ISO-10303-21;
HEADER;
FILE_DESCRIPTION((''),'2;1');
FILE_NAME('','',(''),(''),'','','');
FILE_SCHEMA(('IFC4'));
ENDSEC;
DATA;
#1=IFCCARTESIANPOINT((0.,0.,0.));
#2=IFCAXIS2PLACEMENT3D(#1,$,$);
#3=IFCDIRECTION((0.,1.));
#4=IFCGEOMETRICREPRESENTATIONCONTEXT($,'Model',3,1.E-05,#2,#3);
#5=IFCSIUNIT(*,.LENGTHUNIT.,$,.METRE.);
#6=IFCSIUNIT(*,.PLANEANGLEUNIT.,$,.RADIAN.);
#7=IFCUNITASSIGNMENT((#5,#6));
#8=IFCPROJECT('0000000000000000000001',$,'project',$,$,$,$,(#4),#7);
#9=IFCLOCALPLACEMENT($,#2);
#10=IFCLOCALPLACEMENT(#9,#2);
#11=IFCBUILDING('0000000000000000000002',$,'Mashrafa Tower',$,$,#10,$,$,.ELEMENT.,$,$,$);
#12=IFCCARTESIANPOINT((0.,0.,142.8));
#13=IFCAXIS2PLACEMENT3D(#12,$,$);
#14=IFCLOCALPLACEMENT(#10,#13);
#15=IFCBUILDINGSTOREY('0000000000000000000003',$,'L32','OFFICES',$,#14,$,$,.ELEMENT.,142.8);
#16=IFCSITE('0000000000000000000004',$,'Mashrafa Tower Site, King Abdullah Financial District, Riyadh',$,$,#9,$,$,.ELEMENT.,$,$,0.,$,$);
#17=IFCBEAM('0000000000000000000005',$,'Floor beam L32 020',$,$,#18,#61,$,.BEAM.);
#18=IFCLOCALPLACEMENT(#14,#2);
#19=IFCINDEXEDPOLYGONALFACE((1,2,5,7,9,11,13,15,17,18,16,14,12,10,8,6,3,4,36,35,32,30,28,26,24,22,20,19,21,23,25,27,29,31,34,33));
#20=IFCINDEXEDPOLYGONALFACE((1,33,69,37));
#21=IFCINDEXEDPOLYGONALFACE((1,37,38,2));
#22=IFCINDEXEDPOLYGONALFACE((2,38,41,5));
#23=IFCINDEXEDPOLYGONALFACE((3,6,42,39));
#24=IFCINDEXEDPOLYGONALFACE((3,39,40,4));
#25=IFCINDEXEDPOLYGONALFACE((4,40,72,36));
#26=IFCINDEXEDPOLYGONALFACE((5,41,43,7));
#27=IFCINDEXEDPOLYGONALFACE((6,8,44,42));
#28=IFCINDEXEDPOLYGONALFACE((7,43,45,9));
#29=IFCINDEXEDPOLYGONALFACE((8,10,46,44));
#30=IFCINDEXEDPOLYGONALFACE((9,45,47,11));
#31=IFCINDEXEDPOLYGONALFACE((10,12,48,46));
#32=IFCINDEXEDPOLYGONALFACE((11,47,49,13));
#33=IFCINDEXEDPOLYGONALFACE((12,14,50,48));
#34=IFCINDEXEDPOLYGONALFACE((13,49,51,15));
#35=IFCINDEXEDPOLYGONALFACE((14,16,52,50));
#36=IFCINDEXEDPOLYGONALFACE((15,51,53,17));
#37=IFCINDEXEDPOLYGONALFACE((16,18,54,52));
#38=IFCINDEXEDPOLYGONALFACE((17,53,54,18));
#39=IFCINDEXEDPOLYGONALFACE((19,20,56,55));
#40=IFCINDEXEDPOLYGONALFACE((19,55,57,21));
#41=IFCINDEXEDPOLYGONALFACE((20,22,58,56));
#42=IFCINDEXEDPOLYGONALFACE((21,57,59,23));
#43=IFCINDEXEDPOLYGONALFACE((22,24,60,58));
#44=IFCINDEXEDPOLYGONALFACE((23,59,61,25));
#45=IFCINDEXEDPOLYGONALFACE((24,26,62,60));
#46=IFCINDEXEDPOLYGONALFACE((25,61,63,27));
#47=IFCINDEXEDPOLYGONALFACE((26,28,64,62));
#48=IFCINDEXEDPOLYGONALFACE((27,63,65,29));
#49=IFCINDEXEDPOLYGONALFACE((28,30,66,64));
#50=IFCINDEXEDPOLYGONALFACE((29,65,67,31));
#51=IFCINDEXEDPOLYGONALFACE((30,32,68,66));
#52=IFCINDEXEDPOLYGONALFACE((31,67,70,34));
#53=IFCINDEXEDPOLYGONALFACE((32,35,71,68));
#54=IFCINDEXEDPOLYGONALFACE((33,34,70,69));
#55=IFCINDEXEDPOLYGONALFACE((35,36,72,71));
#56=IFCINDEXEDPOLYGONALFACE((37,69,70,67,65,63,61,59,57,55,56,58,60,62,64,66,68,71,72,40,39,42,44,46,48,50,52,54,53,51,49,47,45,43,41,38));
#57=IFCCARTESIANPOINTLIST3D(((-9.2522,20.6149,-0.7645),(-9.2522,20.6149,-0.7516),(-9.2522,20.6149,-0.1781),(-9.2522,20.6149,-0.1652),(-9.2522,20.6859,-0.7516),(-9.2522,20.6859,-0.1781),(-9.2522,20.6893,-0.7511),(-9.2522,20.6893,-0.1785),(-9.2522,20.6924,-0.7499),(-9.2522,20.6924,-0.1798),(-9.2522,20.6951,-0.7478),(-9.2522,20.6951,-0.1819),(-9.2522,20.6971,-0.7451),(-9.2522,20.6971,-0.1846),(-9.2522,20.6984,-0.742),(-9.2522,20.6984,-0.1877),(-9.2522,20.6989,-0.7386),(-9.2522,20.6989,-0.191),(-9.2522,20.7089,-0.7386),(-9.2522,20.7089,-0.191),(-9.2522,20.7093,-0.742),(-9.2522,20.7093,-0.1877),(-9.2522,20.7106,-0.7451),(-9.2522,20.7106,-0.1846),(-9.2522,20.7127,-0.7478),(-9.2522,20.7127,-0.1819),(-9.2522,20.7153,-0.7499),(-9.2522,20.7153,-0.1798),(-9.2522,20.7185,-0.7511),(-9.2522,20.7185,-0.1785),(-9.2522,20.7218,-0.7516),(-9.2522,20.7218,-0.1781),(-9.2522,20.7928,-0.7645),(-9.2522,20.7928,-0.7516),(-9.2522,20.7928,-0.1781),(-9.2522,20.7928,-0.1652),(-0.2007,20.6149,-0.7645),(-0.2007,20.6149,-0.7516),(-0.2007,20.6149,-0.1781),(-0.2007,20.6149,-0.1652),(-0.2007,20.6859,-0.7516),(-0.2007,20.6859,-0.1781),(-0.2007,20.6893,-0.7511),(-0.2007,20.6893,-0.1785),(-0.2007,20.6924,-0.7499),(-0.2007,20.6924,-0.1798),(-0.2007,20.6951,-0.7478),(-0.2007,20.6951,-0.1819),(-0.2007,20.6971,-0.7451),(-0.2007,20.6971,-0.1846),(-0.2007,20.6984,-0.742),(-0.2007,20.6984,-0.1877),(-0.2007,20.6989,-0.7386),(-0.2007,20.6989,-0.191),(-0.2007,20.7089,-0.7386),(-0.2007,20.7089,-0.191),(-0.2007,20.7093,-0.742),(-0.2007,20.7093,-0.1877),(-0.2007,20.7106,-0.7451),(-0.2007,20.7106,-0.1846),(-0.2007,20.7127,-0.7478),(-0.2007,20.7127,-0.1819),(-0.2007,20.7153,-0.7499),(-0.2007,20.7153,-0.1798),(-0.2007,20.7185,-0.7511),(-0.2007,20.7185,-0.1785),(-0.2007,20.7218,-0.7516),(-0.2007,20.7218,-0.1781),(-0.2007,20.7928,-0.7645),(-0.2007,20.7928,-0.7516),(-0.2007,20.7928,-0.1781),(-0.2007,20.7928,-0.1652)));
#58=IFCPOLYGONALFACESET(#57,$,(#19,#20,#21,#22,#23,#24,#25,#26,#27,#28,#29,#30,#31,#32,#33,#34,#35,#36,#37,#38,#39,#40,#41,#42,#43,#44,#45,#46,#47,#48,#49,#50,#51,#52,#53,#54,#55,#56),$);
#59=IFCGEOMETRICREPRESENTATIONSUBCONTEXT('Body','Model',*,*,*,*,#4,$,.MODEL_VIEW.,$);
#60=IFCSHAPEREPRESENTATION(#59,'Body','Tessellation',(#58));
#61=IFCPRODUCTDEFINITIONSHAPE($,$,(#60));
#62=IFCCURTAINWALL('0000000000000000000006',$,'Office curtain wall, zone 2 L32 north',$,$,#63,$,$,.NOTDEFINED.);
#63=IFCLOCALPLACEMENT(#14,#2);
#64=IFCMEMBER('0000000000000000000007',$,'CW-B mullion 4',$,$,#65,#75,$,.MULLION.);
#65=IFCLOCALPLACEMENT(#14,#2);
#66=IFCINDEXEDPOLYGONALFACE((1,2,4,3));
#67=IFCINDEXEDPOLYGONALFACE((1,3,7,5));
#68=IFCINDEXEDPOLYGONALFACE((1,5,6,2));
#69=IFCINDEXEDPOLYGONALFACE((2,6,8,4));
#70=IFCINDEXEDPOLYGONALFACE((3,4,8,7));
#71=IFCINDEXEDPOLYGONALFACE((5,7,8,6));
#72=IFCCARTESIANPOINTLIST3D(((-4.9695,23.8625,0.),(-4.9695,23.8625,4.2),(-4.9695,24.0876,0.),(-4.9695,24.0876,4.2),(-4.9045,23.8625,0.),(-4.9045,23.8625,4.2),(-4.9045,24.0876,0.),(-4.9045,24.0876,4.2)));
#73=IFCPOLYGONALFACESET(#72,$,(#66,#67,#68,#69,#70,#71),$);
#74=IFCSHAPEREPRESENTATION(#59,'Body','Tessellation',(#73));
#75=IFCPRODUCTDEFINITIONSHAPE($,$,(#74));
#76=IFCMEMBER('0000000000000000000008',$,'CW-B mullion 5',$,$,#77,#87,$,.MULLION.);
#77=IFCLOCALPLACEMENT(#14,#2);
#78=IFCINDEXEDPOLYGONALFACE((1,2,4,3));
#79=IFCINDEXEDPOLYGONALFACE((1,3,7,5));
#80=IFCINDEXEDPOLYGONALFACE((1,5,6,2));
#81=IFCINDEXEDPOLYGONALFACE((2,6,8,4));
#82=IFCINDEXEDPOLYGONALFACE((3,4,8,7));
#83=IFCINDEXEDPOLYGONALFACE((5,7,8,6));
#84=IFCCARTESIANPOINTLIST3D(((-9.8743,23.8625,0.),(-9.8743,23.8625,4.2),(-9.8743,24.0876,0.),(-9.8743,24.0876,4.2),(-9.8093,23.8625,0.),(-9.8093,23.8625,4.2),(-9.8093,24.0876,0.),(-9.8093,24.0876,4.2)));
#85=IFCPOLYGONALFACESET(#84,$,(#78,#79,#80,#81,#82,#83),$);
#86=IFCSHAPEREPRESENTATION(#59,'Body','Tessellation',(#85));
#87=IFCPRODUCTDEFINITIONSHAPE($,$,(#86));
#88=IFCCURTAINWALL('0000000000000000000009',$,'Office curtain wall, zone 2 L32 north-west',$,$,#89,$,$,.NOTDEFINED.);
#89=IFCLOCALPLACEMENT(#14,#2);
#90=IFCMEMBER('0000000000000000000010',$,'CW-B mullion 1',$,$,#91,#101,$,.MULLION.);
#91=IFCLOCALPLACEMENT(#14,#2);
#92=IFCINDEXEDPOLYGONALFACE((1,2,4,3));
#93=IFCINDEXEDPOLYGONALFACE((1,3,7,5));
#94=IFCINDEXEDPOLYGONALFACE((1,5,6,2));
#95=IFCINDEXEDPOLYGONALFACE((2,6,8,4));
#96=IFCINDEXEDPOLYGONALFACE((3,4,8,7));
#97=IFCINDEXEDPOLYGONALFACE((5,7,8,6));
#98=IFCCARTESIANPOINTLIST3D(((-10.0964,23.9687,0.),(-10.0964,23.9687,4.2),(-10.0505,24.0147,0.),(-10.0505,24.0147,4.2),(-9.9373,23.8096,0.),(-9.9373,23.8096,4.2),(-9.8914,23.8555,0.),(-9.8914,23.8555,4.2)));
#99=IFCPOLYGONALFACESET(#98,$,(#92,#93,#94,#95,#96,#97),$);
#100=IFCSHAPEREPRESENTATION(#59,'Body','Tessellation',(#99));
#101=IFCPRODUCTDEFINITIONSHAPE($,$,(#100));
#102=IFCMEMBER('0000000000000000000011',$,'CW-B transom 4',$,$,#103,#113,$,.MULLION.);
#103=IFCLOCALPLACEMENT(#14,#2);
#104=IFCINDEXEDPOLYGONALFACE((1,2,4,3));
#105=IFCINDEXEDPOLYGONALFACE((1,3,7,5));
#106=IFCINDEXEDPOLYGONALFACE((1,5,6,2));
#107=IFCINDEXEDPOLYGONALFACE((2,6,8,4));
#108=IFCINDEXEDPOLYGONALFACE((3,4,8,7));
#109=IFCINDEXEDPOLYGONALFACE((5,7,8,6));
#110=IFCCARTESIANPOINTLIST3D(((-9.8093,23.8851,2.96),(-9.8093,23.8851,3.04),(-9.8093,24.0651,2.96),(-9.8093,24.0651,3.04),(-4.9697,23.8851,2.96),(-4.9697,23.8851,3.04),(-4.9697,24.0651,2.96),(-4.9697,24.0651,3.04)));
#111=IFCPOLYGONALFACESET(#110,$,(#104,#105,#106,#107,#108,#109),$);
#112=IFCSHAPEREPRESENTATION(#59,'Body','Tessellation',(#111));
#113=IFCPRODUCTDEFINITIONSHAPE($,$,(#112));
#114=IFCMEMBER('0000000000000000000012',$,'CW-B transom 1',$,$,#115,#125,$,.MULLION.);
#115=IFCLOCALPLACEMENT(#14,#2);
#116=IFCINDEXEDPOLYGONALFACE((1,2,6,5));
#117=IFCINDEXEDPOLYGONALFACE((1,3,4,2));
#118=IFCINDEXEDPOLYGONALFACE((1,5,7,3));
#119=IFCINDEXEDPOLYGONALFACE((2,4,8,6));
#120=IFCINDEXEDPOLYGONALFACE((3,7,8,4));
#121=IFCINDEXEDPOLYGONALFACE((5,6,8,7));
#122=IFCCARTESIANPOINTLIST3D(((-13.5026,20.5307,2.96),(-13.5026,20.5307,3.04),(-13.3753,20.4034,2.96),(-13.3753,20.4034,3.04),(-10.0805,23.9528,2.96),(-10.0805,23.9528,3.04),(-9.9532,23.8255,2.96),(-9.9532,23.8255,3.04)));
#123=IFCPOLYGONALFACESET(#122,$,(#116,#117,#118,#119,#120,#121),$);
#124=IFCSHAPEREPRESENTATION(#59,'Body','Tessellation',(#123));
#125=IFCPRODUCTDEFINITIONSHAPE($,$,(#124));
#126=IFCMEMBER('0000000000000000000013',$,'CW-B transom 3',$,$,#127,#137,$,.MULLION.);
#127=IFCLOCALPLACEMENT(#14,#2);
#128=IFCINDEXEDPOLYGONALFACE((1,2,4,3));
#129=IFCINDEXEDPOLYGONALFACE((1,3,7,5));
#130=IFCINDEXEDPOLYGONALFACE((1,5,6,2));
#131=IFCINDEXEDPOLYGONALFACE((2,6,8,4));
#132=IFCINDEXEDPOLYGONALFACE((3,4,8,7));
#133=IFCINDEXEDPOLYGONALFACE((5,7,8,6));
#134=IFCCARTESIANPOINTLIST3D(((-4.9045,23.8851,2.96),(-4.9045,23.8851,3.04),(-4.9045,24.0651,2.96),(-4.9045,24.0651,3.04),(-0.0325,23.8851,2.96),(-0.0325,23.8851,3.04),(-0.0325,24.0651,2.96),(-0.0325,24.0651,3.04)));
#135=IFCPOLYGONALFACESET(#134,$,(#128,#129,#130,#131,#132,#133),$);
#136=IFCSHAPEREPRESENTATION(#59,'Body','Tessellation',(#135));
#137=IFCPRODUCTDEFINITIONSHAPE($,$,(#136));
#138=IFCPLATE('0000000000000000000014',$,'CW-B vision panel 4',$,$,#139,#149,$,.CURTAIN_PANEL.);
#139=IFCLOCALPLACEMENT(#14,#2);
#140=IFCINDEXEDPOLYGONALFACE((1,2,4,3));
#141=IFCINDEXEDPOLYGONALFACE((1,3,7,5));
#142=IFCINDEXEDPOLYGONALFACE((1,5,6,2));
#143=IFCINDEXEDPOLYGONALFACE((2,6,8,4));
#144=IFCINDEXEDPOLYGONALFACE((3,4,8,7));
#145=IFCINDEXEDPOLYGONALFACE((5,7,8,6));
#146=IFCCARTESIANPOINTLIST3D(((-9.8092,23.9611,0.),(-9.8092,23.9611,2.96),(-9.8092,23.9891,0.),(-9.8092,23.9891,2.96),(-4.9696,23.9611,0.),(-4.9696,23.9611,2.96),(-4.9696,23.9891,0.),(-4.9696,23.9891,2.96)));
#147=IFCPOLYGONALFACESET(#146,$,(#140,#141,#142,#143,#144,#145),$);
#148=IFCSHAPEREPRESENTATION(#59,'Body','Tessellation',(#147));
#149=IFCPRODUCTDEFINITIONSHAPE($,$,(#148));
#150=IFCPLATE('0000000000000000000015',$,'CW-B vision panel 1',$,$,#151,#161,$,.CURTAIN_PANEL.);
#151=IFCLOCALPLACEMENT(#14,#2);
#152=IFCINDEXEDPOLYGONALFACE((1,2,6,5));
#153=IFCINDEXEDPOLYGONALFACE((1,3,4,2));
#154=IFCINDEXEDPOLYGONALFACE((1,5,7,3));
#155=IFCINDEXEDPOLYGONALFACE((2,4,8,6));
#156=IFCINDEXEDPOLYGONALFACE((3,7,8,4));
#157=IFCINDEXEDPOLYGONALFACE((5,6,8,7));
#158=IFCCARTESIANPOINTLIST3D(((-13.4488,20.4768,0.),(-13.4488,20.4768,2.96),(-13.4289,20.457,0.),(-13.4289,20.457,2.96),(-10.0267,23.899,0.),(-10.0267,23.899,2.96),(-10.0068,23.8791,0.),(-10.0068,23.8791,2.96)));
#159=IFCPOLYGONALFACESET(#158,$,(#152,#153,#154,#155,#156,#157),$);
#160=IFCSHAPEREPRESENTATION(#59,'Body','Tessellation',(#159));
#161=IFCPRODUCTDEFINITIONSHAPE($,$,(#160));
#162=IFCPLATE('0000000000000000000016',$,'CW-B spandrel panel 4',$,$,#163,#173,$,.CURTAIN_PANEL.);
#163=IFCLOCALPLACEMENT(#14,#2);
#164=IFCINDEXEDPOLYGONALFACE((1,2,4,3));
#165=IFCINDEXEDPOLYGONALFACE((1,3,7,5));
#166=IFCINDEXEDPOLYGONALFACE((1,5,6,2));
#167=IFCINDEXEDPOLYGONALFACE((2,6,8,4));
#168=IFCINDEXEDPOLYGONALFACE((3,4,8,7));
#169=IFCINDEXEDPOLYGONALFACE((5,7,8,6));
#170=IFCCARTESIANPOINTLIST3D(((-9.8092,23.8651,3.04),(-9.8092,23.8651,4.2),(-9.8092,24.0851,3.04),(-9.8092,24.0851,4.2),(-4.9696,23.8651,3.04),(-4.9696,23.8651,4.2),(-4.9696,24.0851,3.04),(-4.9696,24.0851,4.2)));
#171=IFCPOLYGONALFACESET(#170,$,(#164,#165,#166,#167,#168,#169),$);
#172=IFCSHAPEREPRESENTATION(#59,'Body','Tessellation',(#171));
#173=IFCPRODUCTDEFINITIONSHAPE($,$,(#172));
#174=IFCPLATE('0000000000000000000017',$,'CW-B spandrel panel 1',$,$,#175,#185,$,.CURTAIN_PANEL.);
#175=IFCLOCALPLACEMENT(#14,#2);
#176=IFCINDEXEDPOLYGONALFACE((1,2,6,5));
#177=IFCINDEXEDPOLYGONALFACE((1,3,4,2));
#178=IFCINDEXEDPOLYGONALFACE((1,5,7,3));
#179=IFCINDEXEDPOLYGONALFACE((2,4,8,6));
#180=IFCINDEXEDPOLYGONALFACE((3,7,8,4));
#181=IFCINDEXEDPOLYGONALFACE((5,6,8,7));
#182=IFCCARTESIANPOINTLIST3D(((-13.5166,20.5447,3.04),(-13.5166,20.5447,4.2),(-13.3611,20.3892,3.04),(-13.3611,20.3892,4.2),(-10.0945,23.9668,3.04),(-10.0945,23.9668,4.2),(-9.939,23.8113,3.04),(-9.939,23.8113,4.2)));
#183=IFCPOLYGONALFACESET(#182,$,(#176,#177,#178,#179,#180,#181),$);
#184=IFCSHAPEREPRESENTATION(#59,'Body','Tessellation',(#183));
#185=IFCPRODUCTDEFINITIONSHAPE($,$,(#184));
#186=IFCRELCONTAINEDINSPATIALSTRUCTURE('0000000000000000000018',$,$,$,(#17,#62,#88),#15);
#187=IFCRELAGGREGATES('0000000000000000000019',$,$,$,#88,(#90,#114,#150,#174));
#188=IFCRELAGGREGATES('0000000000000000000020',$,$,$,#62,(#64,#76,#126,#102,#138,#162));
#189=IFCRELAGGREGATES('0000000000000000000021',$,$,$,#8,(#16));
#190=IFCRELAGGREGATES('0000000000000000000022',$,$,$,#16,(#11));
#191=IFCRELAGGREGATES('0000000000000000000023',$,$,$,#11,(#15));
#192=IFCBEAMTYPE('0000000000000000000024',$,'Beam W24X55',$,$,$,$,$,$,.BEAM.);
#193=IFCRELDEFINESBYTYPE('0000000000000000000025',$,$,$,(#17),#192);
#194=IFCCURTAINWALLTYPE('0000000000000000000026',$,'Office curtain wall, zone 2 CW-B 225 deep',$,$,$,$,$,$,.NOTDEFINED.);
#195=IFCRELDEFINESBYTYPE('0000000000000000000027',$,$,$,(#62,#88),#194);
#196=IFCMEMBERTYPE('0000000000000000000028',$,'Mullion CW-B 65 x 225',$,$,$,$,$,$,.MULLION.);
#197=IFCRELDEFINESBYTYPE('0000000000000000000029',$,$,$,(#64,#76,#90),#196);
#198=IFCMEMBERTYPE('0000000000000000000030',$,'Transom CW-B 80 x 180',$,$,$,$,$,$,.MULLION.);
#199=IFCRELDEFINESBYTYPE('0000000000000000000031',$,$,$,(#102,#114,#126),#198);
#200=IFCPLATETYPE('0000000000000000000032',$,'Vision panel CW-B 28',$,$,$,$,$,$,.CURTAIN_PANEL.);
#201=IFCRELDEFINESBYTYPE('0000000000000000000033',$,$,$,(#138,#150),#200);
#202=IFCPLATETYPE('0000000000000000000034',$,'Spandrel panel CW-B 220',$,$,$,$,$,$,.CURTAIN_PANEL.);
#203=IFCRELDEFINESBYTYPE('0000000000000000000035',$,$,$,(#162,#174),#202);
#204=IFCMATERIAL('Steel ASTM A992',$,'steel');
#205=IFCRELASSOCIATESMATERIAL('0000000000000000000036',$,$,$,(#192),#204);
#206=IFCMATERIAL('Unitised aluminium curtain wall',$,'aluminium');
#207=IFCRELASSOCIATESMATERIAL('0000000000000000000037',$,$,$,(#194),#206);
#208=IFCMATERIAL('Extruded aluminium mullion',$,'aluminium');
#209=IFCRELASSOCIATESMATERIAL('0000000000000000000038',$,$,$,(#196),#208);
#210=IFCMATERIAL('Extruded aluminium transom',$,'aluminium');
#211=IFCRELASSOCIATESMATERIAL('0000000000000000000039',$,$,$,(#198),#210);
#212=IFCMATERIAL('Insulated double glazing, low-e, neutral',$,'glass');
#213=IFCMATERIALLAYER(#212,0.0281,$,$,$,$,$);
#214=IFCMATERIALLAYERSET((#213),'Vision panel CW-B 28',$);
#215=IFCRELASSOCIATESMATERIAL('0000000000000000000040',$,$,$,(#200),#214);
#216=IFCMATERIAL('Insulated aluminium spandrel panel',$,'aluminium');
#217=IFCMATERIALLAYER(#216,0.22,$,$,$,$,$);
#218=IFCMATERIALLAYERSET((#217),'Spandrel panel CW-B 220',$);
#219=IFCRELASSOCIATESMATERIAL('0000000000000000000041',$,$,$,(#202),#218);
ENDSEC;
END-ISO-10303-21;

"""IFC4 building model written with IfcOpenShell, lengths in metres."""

from ifc_helpers import new_model, si_unit, direction, frame, origin, origin_2d, place, context, subcontext, project, spatial, rectangle, i_section, extrude, source, transform, mapped, material, layer, layer_set, material_profile, profile_set, type_object, type_shapes, element, aggregate, save


model = new_model("IFC4")

# Units and contexts
model_context = context("Model", 3, precision=1e-05, world=origin(), true_north=direction((0.0, 1.0)))
body_context = subcontext(model_context, "Body", "Model", "MODEL_VIEW")
ifc_project = project(units=[si_unit("LENGTHUNIT", "METRE"), si_unit("PLANEANGLEUNIT", "RADIAN")], contexts=[model_context])

# Site, building, storey
site_placement = place(None, origin())
site = spatial("IfcSite", under=ifc_project, at=site_placement, Name="Mashrafa Tower Site, King Abdullah Financial District, Riyadh", CompositionType="ELEMENT", RefElevation=0.0)
building_placement = place(site_placement, origin())
building = spatial("IfcBuilding", under=site, at=building_placement, Name="Mashrafa Tower", CompositionType="ELEMENT")
storey_placement = place(building_placement, frame((0.0, 0.0, 142.8)))
storey = spatial("IfcBuildingStorey", under=building, at=storey_placement, Name="L32", Description="OFFICES", CompositionType="ELEMENT", Elevation=142.8)

# Beam
ifc_material_1 = material(Name="Steel ASTM A992", Category="steel")
ifc_material_profile_1 = material_profile(ifc_material_1, i_section(OverallWidth=0.178, OverallDepth=0.5994, WebThickness=0.01, FlangeThickness=0.0129, FilletRadius=0.0129, at=origin_2d()), Name="W24X55")
ifc_profile_set_1 = profile_set([ifc_material_profile_1], Name="Steel ASTM A992")
beam_type_1 = type_object("IfcBeamType", Name="Beam W24X55", PredefinedType="BEAM", material=ifc_profile_set_1)
beam_1_placement = place(storey_placement, frame((-9.2522, 20.7039, -0.4648), z_axis=(1.0, 0.0, 0.0), x_axis=(0.0, 1.0, 0.0)))
element("IfcBeam", 1, at=beam_1_placement, inside=storey, type_object=beam_type_1, Name="Floor beam L32 020", PredefinedType="BEAM", context=body_context, shape_type="SweptSolid", body=[
    extrude(i_section(OverallWidth=0.178, OverallDepth=0.5994, WebThickness=0.01, FlangeThickness=0.0129, FilletRadius=0.0129, at=origin_2d()), origin(), (0.0, 0.0, 1.0), 9.0515),
])

# Curtain wall, members
ifc_material_2 = material(Name="Unitised aluminium curtain wall", Category="aluminium")
curtain_wall_type = type_object("IfcCurtainWallType", Name="Office curtain wall, zone 2 CW-B 225 deep", PredefinedType="NOTDEFINED", material=ifc_material_2)
curtain_wall_1_placement = place(storey_placement, origin())
curtain_wall_1 = element("IfcCurtainWall", 2, at=curtain_wall_1_placement, inside=storey, type_object=curtain_wall_type, Name="Office curtain wall, zone 2 L32 north", PredefinedType="NOTDEFINED")
ifc_material_3 = material(Name="Extruded aluminium mullion", Category="aluminium")
ifc_material_profile_2 = material_profile(ifc_material_3, rectangle(XDim=0.2251, YDim=0.0649, at=origin_2d()), Name="Mullion 65x225")
ifc_profile_set_2 = profile_set([ifc_material_profile_2], Name="Extruded aluminium mullion")
member_type_1 = type_object("IfcMemberType", Name="Mullion CW-B 65 x 225", PredefinedType="MULLION", material=ifc_profile_set_2)
shared_shape_1 = source(origin(), body_context, "Body", "SweptSolid", [
    extrude(rectangle(XDim=0.2251, YDim=0.0649, at=origin_2d()), origin(), (0.0, 0.0, 1.0), 4.2),
])
type_shapes(member_type_1, [shared_shape_1])
member_1_placement = place(storey_placement, frame((-4.937, 23.9751, 0.0), z_axis=(0.0, 0.0, 1.0), x_axis=(0.0, -1.0, 0.0)))
member_1 = element("IfcMember", 3, at=member_1_placement, type_object=member_type_1, Name="CW-B mullion 4", PredefinedType="MULLION", context=body_context, shape_type="MappedRepresentation", body=[
    mapped(shared_shape_1, transform((0.0, 0.0, 0.0))),
])
member_2_placement = place(storey_placement, frame((-9.8418, 23.9751, 0.0), z_axis=(0.0, 0.0, 1.0), x_axis=(0.0, -1.0, 0.0)))
member_2 = element("IfcMember", 4, at=member_2_placement, type_object=member_type_1, Name="CW-B mullion 5", PredefinedType="MULLION", context=body_context, shape_type="MappedRepresentation", body=[
    mapped(shared_shape_1, transform((0.0, 0.0, 0.0))),
])

# Curtain wall, member
curtain_wall_2_placement = place(storey_placement, origin())
curtain_wall_2 = element("IfcCurtainWall", 5, at=curtain_wall_2_placement, inside=storey, type_object=curtain_wall_type, Name="Office curtain wall, zone 2 L32 north-west", PredefinedType="NOTDEFINED")
member_3_placement = place(storey_placement, frame((-9.9939, 23.9121, 0.0), z_axis=(0.0, 0.0, 1.0), x_axis=(0.707107, -0.707107, 0.0)))
member_3 = element("IfcMember", 6, at=member_3_placement, type_object=member_type_1, Name="CW-B mullion 1", PredefinedType="MULLION", context=body_context, shape_type="MappedRepresentation", body=[
    mapped(shared_shape_1, transform((0.0, 0.0, 0.0))),
])

# Members
ifc_material_4 = material(Name="Extruded aluminium transom", Category="aluminium")
ifc_material_profile_3 = material_profile(ifc_material_4, rectangle(XDim=0.1799, YDim=0.0801, at=origin_2d()), Name="Transom 80x180")
ifc_profile_set_3 = profile_set([ifc_material_profile_3], Name="Extruded aluminium transom")
member_type_2 = type_object("IfcMemberType", Name="Transom CW-B 80 x 180", PredefinedType="MULLION", material=ifc_profile_set_3)
shared_shape_2 = source(origin(), body_context, "Body", "SweptSolid", [
    extrude(rectangle(XDim=0.1799, YDim=0.0801, at=origin_2d()), origin(), (0.0, 0.0, 1.0), 4.8396),
])
member_4_placement = place(storey_placement, frame((-4.9697, 23.9751, 3.0), z_axis=(-1.0, 0.0, 0.0), x_axis=(0.0, -1.0, 0.0)))
member_4 = element("IfcMember", 7, at=member_4_placement, type_object=member_type_2, Name="CW-B transom 4", PredefinedType="MULLION", context=body_context, shape_type="MappedRepresentation", body=[
    mapped(shared_shape_2, transform((0.0, 0.0, 0.0))),
])
member_5_placement = place(storey_placement, frame((-10.0168, 23.8892, 3.0), z_axis=(-0.707107, -0.707107, 0.0), x_axis=(0.707107, -0.707107, 0.0)))
member_5 = element("IfcMember", 8, at=member_5_placement, type_object=member_type_2, Name="CW-B transom 1", PredefinedType="MULLION", context=body_context, shape_type="MappedRepresentation", body=[
    mapped(shared_shape_2, transform((0.0, 0.0, 0.0))),
])
shared_shape_3 = source(origin(), body_context, "Body", "SweptSolid", [
    extrude(rectangle(XDim=0.1799, YDim=0.0801, at=origin_2d()), origin(), (0.0, 0.0, 1.0), 4.8721),
])
type_shapes(member_type_2, [shared_shape_2, shared_shape_3])
member_6_placement = place(storey_placement, frame((-0.0325, 23.9751, 3.0), z_axis=(-1.0, 0.0, 0.0), x_axis=(0.0, -1.0, 0.0)))
member_6 = element("IfcMember", 9, at=member_6_placement, type_object=member_type_2, Name="CW-B transom 3", PredefinedType="MULLION", context=body_context, shape_type="MappedRepresentation", body=[
    mapped(shared_shape_3, transform((0.0, 0.0, 0.0))),
])

# Plates
ifc_material_5 = material(Name="Insulated double glazing, low-e, neutral", Category="glass")
ifc_layer_1 = layer(ifc_material_5, 0.0281)
ifc_layer_set_1 = layer_set([ifc_layer_1], Name="Vision panel CW-B 28")
plate_type_1 = type_object("IfcPlateType", Name="Vision panel CW-B 28", PredefinedType="CURTAIN_PANEL", material=ifc_layer_set_1)
shared_shape_4 = source(origin(), body_context, "Body", "SweptSolid", [
    extrude(rectangle(XDim=4.8396, YDim=0.0281, at=origin_2d()), origin(), (0.0, 0.0, 1.0), 2.96),
])
plate_1_placement = place(storey_placement, frame((-7.3894, 23.9751, 0.0), z_axis=(0.0, 0.0, 1.0), x_axis=(-1.0, 0.0, 0.0)))
plate_1 = element("IfcPlate", 10, at=plate_1_placement, type_object=plate_type_1, Name="CW-B vision panel 4", PredefinedType="CURTAIN_PANEL", context=body_context, shape_type="MappedRepresentation", body=[
    mapped(shared_shape_4, transform((0.0, 0.0, 0.0))),
])
plate_2_placement = place(storey_placement, frame((-11.7278, 22.178, 0.0), z_axis=(0.0, 0.0, 1.0), x_axis=(-0.707107, -0.707107, 0.0)))
plate_2 = element("IfcPlate", 11, at=plate_2_placement, type_object=plate_type_1, Name="CW-B vision panel 1", PredefinedType="CURTAIN_PANEL", context=body_context, shape_type="MappedRepresentation", body=[
    mapped(shared_shape_4, transform((0.0, 0.0, 0.0))),
])
ifc_material_6 = material(Name="Insulated aluminium spandrel panel", Category="aluminium")
ifc_layer_2 = layer(ifc_material_6, 0.22)
ifc_layer_set_2 = layer_set([ifc_layer_2], Name="Spandrel panel CW-B 220")
plate_type_2 = type_object("IfcPlateType", Name="Spandrel panel CW-B 220", PredefinedType="CURTAIN_PANEL", material=ifc_layer_set_2)
shared_shape_5 = source(origin(), body_context, "Body", "SweptSolid", [
    extrude(rectangle(XDim=4.8396, YDim=0.22, at=origin_2d()), origin(), (0.0, 0.0, 1.0), 1.1599),
])
plate_3_placement = place(storey_placement, frame((-7.3894, 23.9751, 3.04), z_axis=(0.0, 0.0, 1.0), x_axis=(-1.0, 0.0, 0.0)))
plate_3 = element("IfcPlate", 12, at=plate_3_placement, type_object=plate_type_2, Name="CW-B spandrel panel 4", PredefinedType="CURTAIN_PANEL", context=body_context, shape_type="MappedRepresentation", body=[
    mapped(shared_shape_5, transform((0.0, 0.0, 0.0))),
])
plate_4_placement = place(storey_placement, frame((-11.7278, 22.178, 3.04), z_axis=(0.0, 0.0, 1.0), x_axis=(-0.707107, -0.707107, 0.0)))
plate_4 = element("IfcPlate", 13, at=plate_4_placement, type_object=plate_type_2, Name="CW-B spandrel panel 1", PredefinedType="CURTAIN_PANEL", context=body_context, shape_type="MappedRepresentation", body=[
    mapped(shared_shape_5, transform((0.0, 0.0, 0.0))),
])
aggregate(curtain_wall_2, [member_3, member_5, plate_2, plate_4])
aggregate(curtain_wall_1, [member_1, member_2, member_6, member_4, plate_1, plate_3])

save(model, "model.ifc")
